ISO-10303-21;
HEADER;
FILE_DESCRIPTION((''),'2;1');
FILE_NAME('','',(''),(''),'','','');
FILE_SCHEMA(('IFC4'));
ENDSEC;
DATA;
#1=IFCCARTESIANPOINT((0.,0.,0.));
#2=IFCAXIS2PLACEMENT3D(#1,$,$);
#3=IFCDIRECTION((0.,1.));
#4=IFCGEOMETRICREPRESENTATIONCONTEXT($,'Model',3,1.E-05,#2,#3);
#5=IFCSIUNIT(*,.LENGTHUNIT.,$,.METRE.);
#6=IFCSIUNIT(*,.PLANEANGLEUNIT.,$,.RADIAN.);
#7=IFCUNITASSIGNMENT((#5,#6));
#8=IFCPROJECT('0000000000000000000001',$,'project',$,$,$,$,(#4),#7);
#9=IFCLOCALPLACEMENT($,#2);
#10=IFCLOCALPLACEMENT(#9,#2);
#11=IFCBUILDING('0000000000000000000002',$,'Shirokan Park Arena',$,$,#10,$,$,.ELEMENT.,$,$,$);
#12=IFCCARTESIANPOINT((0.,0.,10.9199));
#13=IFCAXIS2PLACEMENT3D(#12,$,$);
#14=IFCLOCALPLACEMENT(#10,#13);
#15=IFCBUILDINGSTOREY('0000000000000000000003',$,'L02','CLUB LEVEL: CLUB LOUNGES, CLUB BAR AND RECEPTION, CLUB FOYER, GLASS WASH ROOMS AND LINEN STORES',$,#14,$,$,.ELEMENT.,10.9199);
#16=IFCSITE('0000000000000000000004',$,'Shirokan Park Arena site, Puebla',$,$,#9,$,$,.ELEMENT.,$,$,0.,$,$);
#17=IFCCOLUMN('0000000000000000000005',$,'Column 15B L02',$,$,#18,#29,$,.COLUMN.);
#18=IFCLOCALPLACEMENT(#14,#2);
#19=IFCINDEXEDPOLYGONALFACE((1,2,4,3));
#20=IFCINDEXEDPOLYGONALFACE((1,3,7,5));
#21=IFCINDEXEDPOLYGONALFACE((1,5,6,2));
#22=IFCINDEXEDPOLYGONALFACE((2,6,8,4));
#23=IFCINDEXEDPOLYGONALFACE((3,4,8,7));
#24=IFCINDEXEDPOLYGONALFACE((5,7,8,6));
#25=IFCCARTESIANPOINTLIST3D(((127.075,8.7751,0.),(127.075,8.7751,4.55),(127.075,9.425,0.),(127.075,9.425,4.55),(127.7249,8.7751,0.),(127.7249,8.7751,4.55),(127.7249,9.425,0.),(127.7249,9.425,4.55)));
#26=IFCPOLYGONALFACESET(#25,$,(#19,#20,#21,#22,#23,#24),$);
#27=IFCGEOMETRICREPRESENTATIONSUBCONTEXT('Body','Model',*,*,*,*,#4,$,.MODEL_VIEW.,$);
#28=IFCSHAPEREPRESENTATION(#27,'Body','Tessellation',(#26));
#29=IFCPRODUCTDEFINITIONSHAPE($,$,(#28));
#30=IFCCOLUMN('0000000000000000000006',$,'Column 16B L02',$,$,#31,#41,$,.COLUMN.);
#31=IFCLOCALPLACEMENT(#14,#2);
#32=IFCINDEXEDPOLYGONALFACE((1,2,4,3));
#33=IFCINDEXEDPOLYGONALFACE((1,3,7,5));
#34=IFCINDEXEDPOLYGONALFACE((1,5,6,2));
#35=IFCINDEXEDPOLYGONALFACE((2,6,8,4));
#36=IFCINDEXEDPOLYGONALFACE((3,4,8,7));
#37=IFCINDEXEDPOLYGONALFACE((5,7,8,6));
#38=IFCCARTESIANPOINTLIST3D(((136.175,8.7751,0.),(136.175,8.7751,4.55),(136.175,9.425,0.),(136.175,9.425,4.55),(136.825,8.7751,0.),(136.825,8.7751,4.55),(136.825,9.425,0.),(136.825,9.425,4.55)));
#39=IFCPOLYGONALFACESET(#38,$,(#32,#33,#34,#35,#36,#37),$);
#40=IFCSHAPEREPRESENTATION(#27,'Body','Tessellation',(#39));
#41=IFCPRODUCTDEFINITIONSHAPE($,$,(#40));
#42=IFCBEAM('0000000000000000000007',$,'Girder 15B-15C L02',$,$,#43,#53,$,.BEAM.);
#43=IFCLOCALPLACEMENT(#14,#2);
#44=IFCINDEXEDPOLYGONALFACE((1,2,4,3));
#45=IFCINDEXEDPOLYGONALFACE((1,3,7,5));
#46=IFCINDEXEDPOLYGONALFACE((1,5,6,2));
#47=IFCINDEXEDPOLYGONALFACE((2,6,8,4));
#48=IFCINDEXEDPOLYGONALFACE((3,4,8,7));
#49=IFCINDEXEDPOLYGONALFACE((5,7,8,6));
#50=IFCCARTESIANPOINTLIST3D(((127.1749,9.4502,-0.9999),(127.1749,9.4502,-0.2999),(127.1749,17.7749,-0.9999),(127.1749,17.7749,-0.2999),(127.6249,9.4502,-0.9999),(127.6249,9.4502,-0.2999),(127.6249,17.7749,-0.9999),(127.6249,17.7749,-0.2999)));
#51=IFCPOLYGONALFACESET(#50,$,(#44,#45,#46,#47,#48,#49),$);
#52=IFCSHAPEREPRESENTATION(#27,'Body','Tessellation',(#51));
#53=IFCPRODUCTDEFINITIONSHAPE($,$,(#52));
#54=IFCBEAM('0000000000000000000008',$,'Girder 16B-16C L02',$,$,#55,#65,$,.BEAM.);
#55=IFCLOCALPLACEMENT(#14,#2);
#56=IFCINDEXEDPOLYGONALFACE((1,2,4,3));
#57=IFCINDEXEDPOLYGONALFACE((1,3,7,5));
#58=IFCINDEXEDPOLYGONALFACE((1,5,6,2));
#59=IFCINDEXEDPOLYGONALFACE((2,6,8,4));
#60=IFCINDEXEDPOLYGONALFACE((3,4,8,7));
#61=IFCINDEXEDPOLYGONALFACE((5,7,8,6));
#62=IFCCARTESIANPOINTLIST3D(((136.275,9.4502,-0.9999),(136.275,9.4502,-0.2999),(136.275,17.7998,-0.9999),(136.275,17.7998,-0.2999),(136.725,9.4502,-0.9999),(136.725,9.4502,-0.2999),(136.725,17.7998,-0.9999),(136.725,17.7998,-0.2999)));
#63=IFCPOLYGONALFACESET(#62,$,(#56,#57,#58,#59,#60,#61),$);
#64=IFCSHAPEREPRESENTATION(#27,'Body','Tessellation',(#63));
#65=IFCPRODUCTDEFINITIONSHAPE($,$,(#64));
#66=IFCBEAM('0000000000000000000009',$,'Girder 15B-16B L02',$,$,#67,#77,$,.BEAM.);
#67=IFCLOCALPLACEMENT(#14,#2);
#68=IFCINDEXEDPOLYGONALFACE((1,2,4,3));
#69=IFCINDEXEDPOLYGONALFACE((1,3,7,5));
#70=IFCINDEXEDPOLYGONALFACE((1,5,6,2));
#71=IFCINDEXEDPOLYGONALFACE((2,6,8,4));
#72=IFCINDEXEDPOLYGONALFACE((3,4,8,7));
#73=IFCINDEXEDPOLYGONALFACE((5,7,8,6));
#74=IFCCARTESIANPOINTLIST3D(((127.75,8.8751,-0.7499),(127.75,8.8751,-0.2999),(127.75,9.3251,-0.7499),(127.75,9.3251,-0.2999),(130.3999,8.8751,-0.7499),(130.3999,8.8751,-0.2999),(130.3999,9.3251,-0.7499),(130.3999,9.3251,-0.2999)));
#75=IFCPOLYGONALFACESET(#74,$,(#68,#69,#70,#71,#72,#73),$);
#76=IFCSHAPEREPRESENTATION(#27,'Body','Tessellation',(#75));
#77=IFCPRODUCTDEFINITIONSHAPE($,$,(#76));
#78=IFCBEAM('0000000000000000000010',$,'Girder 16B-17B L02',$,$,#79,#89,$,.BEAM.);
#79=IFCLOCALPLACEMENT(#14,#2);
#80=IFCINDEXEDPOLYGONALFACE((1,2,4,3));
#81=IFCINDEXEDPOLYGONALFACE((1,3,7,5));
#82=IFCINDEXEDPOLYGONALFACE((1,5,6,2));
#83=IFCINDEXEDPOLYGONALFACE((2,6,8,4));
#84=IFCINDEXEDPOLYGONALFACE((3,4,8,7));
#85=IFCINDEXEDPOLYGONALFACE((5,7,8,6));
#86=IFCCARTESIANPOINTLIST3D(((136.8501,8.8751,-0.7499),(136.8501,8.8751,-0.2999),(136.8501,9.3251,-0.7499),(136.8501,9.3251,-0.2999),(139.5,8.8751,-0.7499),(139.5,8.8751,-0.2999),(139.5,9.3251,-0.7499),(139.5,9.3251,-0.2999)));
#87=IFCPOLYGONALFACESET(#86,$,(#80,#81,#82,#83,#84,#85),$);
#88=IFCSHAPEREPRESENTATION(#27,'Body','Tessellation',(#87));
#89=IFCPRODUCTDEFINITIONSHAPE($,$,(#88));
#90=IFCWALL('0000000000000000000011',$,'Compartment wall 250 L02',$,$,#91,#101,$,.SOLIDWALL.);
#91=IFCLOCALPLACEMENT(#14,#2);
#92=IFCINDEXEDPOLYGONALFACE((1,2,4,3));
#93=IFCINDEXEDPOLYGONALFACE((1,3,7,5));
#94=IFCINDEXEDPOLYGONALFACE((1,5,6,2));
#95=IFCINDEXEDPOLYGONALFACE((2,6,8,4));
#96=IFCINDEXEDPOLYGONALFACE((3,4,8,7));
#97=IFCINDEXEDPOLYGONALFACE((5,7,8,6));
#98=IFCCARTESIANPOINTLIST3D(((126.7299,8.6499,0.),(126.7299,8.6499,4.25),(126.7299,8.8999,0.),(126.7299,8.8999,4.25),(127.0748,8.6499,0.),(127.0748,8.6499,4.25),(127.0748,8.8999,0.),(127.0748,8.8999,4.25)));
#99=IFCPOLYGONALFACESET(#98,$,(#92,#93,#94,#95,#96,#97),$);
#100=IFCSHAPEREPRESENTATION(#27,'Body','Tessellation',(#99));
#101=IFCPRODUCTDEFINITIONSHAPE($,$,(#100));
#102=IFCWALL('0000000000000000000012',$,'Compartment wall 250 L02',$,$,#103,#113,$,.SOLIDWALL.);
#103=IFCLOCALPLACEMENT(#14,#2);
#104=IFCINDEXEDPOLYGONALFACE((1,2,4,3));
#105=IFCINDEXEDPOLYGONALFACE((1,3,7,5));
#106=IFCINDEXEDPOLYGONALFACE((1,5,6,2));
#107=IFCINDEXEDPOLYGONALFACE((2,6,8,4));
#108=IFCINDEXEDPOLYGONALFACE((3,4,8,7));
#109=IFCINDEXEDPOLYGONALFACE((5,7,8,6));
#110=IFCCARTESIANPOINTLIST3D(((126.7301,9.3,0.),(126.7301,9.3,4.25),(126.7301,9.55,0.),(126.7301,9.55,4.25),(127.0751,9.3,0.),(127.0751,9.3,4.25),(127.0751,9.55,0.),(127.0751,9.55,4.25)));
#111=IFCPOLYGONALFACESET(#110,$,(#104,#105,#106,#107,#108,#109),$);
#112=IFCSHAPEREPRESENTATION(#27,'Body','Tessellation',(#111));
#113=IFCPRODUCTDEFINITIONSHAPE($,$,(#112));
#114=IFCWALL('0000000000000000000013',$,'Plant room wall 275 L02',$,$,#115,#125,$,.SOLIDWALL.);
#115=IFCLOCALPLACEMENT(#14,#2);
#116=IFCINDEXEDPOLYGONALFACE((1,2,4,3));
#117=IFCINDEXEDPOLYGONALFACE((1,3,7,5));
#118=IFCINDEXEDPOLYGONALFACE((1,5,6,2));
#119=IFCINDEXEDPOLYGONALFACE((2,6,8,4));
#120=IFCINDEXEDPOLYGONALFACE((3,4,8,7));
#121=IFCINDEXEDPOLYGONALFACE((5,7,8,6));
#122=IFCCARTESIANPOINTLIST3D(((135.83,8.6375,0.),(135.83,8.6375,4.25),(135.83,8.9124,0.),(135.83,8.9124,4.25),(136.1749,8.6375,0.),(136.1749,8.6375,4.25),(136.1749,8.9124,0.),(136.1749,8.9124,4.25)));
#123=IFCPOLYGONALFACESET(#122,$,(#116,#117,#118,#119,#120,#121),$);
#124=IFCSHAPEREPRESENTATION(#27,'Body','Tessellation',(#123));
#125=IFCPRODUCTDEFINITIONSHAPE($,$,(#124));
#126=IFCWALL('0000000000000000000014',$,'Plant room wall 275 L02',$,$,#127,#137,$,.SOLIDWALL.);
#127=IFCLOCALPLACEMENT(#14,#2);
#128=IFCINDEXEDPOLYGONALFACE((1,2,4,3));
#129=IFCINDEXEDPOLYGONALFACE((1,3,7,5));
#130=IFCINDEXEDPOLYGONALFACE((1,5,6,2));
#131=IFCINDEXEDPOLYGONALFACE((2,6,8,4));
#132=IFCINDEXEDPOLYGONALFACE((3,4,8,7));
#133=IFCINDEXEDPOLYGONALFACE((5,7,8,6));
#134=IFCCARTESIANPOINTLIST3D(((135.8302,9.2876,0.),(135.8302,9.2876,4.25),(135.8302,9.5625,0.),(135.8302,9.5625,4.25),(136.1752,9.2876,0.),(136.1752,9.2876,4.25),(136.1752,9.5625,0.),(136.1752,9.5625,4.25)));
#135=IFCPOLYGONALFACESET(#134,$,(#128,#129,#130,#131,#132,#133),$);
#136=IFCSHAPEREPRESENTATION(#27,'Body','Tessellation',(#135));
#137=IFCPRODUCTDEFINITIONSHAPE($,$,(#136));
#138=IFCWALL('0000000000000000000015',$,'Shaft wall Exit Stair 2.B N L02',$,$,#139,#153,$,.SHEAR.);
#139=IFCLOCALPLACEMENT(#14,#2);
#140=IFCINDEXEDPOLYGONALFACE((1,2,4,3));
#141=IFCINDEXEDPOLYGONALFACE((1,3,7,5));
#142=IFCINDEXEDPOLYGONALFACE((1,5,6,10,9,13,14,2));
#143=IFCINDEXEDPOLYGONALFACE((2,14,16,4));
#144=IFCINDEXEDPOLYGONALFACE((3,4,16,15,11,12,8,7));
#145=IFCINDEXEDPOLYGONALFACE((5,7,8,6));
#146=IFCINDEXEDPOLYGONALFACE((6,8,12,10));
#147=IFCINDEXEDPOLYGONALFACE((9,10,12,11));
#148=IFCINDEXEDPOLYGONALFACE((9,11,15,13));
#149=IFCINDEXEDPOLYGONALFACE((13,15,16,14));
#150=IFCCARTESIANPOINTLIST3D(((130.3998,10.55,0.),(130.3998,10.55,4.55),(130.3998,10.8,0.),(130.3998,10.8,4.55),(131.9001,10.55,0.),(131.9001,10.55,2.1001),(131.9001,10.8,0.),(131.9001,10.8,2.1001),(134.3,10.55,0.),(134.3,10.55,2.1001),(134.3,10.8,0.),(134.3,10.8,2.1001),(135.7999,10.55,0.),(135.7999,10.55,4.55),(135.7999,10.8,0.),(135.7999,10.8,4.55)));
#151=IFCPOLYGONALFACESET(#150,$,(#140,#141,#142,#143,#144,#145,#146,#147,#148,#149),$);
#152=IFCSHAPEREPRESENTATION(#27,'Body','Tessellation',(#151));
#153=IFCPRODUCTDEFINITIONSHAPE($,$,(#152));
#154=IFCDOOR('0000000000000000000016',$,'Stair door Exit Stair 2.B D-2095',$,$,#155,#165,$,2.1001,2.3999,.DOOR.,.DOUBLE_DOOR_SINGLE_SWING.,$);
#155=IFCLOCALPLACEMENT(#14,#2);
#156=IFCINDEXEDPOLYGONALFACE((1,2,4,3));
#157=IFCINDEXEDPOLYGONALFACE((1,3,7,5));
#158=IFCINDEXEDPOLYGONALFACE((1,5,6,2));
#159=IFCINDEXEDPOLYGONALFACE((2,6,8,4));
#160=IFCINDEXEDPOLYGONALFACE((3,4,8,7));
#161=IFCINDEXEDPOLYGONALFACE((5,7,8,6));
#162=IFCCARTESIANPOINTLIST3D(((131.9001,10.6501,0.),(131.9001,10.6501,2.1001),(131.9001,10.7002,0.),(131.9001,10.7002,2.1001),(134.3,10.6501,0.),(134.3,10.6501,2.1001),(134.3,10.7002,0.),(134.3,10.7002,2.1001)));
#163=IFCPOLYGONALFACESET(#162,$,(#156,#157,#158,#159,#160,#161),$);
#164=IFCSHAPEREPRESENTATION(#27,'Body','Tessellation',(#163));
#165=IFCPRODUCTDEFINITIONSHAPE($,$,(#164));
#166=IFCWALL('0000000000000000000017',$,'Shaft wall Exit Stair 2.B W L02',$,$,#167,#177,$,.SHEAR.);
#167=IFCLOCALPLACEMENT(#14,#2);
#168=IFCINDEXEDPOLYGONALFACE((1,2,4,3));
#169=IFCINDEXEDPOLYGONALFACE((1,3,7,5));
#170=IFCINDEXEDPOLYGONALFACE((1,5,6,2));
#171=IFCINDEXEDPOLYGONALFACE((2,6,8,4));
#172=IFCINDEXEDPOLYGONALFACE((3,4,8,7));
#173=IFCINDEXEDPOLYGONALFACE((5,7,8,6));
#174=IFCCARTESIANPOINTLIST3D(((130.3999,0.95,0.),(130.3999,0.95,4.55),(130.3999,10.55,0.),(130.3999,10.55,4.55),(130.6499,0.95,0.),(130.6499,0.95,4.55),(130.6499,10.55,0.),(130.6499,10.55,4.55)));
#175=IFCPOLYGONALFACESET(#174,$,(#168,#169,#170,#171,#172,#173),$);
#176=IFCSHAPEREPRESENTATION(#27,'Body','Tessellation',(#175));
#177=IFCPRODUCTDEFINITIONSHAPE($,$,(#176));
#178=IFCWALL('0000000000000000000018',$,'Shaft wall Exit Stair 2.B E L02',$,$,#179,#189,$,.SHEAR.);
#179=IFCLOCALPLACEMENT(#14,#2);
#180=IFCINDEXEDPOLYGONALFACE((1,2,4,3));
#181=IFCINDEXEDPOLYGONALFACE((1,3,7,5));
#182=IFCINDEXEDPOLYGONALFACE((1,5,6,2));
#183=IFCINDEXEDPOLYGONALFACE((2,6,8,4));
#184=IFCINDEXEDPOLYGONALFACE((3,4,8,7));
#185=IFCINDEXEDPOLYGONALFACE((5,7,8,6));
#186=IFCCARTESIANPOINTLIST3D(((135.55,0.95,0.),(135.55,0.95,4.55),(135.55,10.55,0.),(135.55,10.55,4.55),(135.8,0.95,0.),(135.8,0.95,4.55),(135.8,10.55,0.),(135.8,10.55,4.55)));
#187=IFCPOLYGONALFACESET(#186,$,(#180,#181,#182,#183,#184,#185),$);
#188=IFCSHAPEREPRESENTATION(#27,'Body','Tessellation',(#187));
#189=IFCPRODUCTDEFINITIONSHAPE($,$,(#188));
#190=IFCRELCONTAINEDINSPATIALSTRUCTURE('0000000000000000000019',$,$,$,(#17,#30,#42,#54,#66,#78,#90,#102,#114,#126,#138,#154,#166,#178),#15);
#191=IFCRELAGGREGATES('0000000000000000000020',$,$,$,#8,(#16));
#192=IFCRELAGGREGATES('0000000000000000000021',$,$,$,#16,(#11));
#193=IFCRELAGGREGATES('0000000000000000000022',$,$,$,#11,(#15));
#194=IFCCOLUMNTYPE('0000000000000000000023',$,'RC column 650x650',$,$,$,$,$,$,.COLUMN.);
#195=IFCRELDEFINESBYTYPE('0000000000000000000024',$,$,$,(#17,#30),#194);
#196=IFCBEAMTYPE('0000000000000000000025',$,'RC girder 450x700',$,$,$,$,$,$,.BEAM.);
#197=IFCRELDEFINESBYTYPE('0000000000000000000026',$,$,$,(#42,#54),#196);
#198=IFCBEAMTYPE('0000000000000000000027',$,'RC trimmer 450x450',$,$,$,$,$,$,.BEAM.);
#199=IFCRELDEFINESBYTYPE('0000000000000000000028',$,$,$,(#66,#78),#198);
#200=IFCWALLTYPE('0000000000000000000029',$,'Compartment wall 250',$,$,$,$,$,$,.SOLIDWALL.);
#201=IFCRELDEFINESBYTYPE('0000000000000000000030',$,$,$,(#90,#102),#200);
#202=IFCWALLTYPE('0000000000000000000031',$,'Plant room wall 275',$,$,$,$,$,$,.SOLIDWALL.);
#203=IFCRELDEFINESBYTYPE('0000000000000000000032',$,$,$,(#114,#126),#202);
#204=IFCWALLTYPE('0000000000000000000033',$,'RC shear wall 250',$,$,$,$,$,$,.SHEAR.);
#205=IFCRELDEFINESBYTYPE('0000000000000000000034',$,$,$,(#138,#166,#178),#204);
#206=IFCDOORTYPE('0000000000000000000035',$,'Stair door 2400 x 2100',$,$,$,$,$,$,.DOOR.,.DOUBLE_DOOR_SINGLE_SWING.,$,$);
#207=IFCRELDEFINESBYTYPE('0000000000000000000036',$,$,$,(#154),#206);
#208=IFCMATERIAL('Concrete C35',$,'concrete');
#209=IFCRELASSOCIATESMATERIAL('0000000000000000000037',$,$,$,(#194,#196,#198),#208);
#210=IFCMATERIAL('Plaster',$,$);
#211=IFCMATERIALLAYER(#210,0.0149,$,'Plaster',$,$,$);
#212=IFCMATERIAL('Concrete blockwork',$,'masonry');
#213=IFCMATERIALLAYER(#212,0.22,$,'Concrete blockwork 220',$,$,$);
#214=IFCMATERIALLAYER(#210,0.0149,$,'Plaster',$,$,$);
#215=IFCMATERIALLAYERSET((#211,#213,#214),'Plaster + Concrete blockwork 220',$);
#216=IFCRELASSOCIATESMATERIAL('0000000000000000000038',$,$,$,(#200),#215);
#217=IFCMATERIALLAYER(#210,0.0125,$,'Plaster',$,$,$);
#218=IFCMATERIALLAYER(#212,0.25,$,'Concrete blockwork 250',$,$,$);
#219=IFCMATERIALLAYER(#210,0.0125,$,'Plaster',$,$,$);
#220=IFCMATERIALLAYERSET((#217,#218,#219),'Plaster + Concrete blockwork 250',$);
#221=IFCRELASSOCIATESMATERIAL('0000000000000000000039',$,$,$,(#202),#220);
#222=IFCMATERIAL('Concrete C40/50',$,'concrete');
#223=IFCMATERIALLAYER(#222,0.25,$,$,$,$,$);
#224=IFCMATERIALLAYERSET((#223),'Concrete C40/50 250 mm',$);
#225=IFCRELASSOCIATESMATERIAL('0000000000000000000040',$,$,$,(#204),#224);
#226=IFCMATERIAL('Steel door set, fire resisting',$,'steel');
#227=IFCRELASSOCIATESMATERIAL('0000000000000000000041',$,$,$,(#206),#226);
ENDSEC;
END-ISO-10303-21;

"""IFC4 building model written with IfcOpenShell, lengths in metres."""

from ifc_helpers import new_model, si_unit, direction, frame, frame_2d, origin, origin_2d, place, context, subcontext, project, spatial, rectangle, extrude, material, layer, layer_set, material_profile, profile_set, type_object, element, fill, save


model = new_model("IFC4")

# Units and contexts
model_context = context("Model", 3, precision=1e-05, world=origin(), true_north=direction((0.0, 1.0)))
body_context = subcontext(model_context, "Body", "Model", "MODEL_VIEW")
ifc_project = project(units=[si_unit("LENGTHUNIT", "METRE"), si_unit("PLANEANGLEUNIT", "RADIAN")], contexts=[model_context])

# Site, building, storey
site_placement = place(None, origin())
site = spatial("IfcSite", under=ifc_project, at=site_placement, Name="Shirokan Park Arena site, Puebla", CompositionType="ELEMENT", RefElevation=0.0)
building_placement = place(site_placement, origin())
building = spatial("IfcBuilding", under=site, at=building_placement, Name="Shirokan Park Arena", CompositionType="ELEMENT")
storey_placement = place(building_placement, frame((0.0, 0.0, 10.9199)))
storey = spatial("IfcBuildingStorey", under=building, at=storey_placement, Name="L02", Description="CLUB LEVEL: CLUB LOUNGES, CLUB BAR AND RECEPTION, CLUB FOYER, GLASS WASH ROOMS AND LINEN STORES", CompositionType="ELEMENT", Elevation=10.9199)

# Columns
ifc_material_1 = material(Name="Concrete C35", Category="concrete")
ifc_material_profile_1 = material_profile(ifc_material_1, rectangle(XDim=0.6499, YDim=0.6499, at=origin_2d()), Name="650x650")
ifc_profile_set_1 = profile_set([ifc_material_profile_1], Name="Concrete C35")
column_type = type_object("IfcColumnType", Name="RC column 650x650", PredefinedType="COLUMN", material=ifc_profile_set_1)
for number, where, z_axis, x_axis, name in (
    (1, (127.3999, 9.1001, 0.0), (0.0, 0.0, 1.0), (1.0, 0.0, 0.0), "Column 15B L02"),
    (2, (136.5, 9.1001, 0.0), (0.0, 0.0, 1.0), (1.0, 0.0, 0.0), "Column 16B L02"),
):
    element("IfcColumn", number, at=place(storey_placement, frame(where, z_axis=z_axis, x_axis=x_axis)), inside=storey, type_object=column_type, Name=name, PredefinedType="COLUMN", context=body_context, shape_type="SweptSolid", body=[
        extrude(rectangle(XDim=0.6499, YDim=0.6499, at=origin_2d()), origin(), (0.0, 0.0, 1.0), 4.55),
    ])

# Beams
ifc_material_profile_2 = material_profile(ifc_material_1, rectangle(XDim=0.45, YDim=0.7, at=origin_2d()), Name="450x700")
ifc_profile_set_2 = profile_set([ifc_material_profile_2], Name="Concrete C35")
beam_type_1 = type_object("IfcBeamType", Name="RC girder 450x700", PredefinedType="BEAM", material=ifc_profile_set_2)
beam_1_placement = place(storey_placement, frame((127.3999, 9.4502, -0.6499), z_axis=(0.0, 1.0, 0.0), x_axis=(-1.0, 0.0, 0.0)))
element("IfcBeam", 3, at=beam_1_placement, inside=storey, type_object=beam_type_1, Name="Girder 15B-15C L02", PredefinedType="BEAM", context=body_context, shape_type="SweptSolid", body=[
    extrude(rectangle(XDim=0.45, YDim=0.7, at=origin_2d()), origin(), (0.0, 0.0, 1.0), 8.3247),
])
beam_2_placement = place(storey_placement, frame((136.5, 9.4502, -0.6499), z_axis=(0.0, 1.0, 0.0), x_axis=(-1.0, 0.0, 0.0)))
element("IfcBeam", 4, at=beam_2_placement, inside=storey, type_object=beam_type_1, Name="Girder 16B-16C L02", PredefinedType="BEAM", context=body_context, shape_type="SweptSolid", body=[
    extrude(rectangle(XDim=0.45, YDim=0.7, at=origin_2d()), origin(), (0.0, 0.0, 1.0), 8.3496),
])
ifc_material_profile_3 = material_profile(ifc_material_1, rectangle(XDim=0.45, YDim=0.45, at=origin_2d()), Name="450x450")
ifc_profile_set_3 = profile_set([ifc_material_profile_3], Name="Concrete C35")
beam_type_2 = type_object("IfcBeamType", Name="RC trimmer 450x450", PredefinedType="BEAM", material=ifc_profile_set_3)
for number, where, z_axis, x_axis, name in (
    (5, (127.75, 9.1001, -0.5249), (1.0, 0.0, 0.0), (0.0, 1.0, 0.0), "Girder 15B-16B L02"),
    (6, (136.8501, 9.1001, -0.5249), (1.0, 0.0, 0.0), (0.0, 1.0, 0.0), "Girder 16B-17B L02"),
):
    element("IfcBeam", number, at=place(storey_placement, frame(where, z_axis=z_axis, x_axis=x_axis)), inside=storey, type_object=beam_type_2, Name=name, PredefinedType="BEAM", context=body_context, shape_type="SweptSolid", body=[
        extrude(rectangle(XDim=0.45, YDim=0.45, at=origin_2d()), origin(), (0.0, 0.0, 1.0), 2.6499),
    ])

# Walls
ifc_material_2 = material(Name="Plaster")
ifc_layer_1 = layer(ifc_material_2, 0.0149, Name="Plaster")
ifc_material_3 = material(Name="Concrete blockwork", Category="masonry")
ifc_layer_2 = layer(ifc_material_3, 0.22, Name="Concrete blockwork 220")
ifc_layer_3 = layer(ifc_material_2, 0.0149, Name="Plaster")
ifc_layer_set_1 = layer_set([ifc_layer_1, ifc_layer_2, ifc_layer_3], Name="Plaster + Concrete blockwork 220")
wall_type_1 = type_object("IfcWallType", Name="Compartment wall 250", PredefinedType="SOLIDWALL", material=ifc_layer_set_1)
for number, where, z_axis, x_axis, name in (
    (7, (126.73, 8.7749, 0.0), (0.0, 0.0, 1.0), (1.0, 0.0, 0.0), "Compartment wall 250 L02"),
    (8, (127.075, 9.425, 0.0), (0.0, 0.0, 1.0), (-1.0, 0.0, 0.0), "Compartment wall 250 L02"),
):
    element("IfcWall", number, at=place(storey_placement, frame(where, z_axis=z_axis, x_axis=x_axis)), inside=storey, type_object=wall_type_1, Name=name, PredefinedType="SOLIDWALL", context=body_context, shape_type="SweptSolid", body=[
        extrude(rectangle(XDim=0.345, YDim=0.25, at=frame_2d((0.1724, 0.0))), origin(), (0.0, 0.0, 1.0), 4.25),
    ])
ifc_layer_4 = layer(ifc_material_2, 0.0125, Name="Plaster")
ifc_layer_5 = layer(ifc_material_3, 0.25, Name="Concrete blockwork 250")
ifc_layer_6 = layer(ifc_material_2, 0.0125, Name="Plaster")
ifc_layer_set_2 = layer_set([ifc_layer_4, ifc_layer_5, ifc_layer_6], Name="Plaster + Concrete blockwork 250")
wall_type_2 = type_object("IfcWallType", Name="Plant room wall 275", PredefinedType="SOLIDWALL", material=ifc_layer_set_2)
for number, where, z_axis, x_axis, name in (
    (9, (135.8301, 8.7749, 0.0), (0.0, 0.0, 1.0), (1.0, 0.0, 0.0), "Plant room wall 275 L02"),
    (10, (136.175, 9.425, 0.0), (0.0, 0.0, 1.0), (-1.0, 0.0, 0.0), "Plant room wall 275 L02"),
):
    element("IfcWall", number, at=place(storey_placement, frame(where, z_axis=z_axis, x_axis=x_axis)), inside=storey, type_object=wall_type_2, Name=name, PredefinedType="SOLIDWALL", context=body_context, shape_type="SweptSolid", body=[
        extrude(rectangle(XDim=0.345, YDim=0.2749, at=frame_2d((0.1724, 0.0))), origin(), (0.0, 0.0, 1.0), 4.25),
    ])

# Wall, opening, door
ifc_material_4 = material(Name="Concrete C40/50", Category="concrete")
ifc_layer_7 = layer(ifc_material_4, 0.25)
ifc_layer_set_3 = layer_set([ifc_layer_7], Name="Concrete C40/50 250 mm")
wall_type_3 = type_object("IfcWallType", Name="RC shear wall 250", PredefinedType="SHEAR", material=ifc_layer_set_3)
wall_1_placement = place(storey_placement, frame((135.8, 10.675, 0.0), z_axis=(0.0, 0.0, 1.0), x_axis=(-1.0, 0.0, 0.0)))
wall_1 = element("IfcWall", 11, at=wall_1_placement, inside=storey, type_object=wall_type_3, Name="Shaft wall Exit Stair 2.B N L02", PredefinedType="SHEAR", context=body_context, shape_type="SweptSolid", body=[
    extrude(rectangle(XDim=5.4001, YDim=0.25, at=frame_2d((2.7002, 0.0))), origin(), (0.0, 0.0, 1.0), 4.55),
])
opening_1_placement = place(wall_1_placement, frame((1.5, 0.0, 0.0)))
opening_1 = element("IfcOpeningElement", 12, at=opening_1_placement, cuts=wall_1, PredefinedType="OPENING", context=body_context, shape_type="SweptSolid", body=[
    extrude(rectangle(XDim=2.3999, YDim=2.1001, at=frame_2d((1.2, 1.05))), frame((0.0, 0.135, 0.0), z_axis=(0.0, -1.0, 0.0), x_axis=(1.0, 0.0, 0.0)), (0.0, 0.0, 1.0), 0.27),
])
ifc_material_5 = material(Name="Steel door set, fire resisting", Category="steel")
door_type = type_object("IfcDoorType", Name="Stair door 2400 x 2100", OperationType="DOUBLE_DOOR_SINGLE_SWING", PredefinedType="DOOR", material=ifc_material_5)
door_1_placement = place(opening_1_placement, origin())
door_1 = element("IfcDoor", 13, at=door_1_placement, inside=storey, type_object=door_type, Name="Stair door Exit Stair 2.B D-2095", OperationType="DOUBLE_DOOR_SINGLE_SWING", OverallHeight=2.1001, OverallWidth=2.3999, PredefinedType="DOOR", context=body_context, shape_type="SweptSolid", body=[
    extrude(rectangle(XDim=2.3999, YDim=2.1001, at=frame_2d((1.2, 1.05))), frame((0.0, 0.0249, 0.0), z_axis=(0.0, -1.0, 0.0), x_axis=(1.0, 0.0, 0.0)), (0.0, 0.0, 1.0), 0.05),
])
fill(opening_1, door_1)

# Walls
for number, where, z_axis, x_axis, name in (
    (14, (130.5249, 10.55, 0.0), (0.0, 0.0, 1.0), (0.0, -1.0, 0.0), "Shaft wall Exit Stair 2.B W L02"),
    (15, (135.675, 10.55, 0.0), (0.0, 0.0, 1.0), (0.0, -1.0, 0.0), "Shaft wall Exit Stair 2.B E L02"),
):
    element("IfcWall", number, at=place(storey_placement, frame(where, z_axis=z_axis, x_axis=x_axis)), inside=storey, type_object=wall_type_3, Name=name, PredefinedType="SHEAR", context=body_context, shape_type="SweptSolid", body=[
        extrude(rectangle(XDim=9.6001, YDim=0.25, at=frame_2d((4.8, 0.0))), origin(), (0.0, 0.0, 1.0), 4.55),
    ])

save(model, "model.ifc")
